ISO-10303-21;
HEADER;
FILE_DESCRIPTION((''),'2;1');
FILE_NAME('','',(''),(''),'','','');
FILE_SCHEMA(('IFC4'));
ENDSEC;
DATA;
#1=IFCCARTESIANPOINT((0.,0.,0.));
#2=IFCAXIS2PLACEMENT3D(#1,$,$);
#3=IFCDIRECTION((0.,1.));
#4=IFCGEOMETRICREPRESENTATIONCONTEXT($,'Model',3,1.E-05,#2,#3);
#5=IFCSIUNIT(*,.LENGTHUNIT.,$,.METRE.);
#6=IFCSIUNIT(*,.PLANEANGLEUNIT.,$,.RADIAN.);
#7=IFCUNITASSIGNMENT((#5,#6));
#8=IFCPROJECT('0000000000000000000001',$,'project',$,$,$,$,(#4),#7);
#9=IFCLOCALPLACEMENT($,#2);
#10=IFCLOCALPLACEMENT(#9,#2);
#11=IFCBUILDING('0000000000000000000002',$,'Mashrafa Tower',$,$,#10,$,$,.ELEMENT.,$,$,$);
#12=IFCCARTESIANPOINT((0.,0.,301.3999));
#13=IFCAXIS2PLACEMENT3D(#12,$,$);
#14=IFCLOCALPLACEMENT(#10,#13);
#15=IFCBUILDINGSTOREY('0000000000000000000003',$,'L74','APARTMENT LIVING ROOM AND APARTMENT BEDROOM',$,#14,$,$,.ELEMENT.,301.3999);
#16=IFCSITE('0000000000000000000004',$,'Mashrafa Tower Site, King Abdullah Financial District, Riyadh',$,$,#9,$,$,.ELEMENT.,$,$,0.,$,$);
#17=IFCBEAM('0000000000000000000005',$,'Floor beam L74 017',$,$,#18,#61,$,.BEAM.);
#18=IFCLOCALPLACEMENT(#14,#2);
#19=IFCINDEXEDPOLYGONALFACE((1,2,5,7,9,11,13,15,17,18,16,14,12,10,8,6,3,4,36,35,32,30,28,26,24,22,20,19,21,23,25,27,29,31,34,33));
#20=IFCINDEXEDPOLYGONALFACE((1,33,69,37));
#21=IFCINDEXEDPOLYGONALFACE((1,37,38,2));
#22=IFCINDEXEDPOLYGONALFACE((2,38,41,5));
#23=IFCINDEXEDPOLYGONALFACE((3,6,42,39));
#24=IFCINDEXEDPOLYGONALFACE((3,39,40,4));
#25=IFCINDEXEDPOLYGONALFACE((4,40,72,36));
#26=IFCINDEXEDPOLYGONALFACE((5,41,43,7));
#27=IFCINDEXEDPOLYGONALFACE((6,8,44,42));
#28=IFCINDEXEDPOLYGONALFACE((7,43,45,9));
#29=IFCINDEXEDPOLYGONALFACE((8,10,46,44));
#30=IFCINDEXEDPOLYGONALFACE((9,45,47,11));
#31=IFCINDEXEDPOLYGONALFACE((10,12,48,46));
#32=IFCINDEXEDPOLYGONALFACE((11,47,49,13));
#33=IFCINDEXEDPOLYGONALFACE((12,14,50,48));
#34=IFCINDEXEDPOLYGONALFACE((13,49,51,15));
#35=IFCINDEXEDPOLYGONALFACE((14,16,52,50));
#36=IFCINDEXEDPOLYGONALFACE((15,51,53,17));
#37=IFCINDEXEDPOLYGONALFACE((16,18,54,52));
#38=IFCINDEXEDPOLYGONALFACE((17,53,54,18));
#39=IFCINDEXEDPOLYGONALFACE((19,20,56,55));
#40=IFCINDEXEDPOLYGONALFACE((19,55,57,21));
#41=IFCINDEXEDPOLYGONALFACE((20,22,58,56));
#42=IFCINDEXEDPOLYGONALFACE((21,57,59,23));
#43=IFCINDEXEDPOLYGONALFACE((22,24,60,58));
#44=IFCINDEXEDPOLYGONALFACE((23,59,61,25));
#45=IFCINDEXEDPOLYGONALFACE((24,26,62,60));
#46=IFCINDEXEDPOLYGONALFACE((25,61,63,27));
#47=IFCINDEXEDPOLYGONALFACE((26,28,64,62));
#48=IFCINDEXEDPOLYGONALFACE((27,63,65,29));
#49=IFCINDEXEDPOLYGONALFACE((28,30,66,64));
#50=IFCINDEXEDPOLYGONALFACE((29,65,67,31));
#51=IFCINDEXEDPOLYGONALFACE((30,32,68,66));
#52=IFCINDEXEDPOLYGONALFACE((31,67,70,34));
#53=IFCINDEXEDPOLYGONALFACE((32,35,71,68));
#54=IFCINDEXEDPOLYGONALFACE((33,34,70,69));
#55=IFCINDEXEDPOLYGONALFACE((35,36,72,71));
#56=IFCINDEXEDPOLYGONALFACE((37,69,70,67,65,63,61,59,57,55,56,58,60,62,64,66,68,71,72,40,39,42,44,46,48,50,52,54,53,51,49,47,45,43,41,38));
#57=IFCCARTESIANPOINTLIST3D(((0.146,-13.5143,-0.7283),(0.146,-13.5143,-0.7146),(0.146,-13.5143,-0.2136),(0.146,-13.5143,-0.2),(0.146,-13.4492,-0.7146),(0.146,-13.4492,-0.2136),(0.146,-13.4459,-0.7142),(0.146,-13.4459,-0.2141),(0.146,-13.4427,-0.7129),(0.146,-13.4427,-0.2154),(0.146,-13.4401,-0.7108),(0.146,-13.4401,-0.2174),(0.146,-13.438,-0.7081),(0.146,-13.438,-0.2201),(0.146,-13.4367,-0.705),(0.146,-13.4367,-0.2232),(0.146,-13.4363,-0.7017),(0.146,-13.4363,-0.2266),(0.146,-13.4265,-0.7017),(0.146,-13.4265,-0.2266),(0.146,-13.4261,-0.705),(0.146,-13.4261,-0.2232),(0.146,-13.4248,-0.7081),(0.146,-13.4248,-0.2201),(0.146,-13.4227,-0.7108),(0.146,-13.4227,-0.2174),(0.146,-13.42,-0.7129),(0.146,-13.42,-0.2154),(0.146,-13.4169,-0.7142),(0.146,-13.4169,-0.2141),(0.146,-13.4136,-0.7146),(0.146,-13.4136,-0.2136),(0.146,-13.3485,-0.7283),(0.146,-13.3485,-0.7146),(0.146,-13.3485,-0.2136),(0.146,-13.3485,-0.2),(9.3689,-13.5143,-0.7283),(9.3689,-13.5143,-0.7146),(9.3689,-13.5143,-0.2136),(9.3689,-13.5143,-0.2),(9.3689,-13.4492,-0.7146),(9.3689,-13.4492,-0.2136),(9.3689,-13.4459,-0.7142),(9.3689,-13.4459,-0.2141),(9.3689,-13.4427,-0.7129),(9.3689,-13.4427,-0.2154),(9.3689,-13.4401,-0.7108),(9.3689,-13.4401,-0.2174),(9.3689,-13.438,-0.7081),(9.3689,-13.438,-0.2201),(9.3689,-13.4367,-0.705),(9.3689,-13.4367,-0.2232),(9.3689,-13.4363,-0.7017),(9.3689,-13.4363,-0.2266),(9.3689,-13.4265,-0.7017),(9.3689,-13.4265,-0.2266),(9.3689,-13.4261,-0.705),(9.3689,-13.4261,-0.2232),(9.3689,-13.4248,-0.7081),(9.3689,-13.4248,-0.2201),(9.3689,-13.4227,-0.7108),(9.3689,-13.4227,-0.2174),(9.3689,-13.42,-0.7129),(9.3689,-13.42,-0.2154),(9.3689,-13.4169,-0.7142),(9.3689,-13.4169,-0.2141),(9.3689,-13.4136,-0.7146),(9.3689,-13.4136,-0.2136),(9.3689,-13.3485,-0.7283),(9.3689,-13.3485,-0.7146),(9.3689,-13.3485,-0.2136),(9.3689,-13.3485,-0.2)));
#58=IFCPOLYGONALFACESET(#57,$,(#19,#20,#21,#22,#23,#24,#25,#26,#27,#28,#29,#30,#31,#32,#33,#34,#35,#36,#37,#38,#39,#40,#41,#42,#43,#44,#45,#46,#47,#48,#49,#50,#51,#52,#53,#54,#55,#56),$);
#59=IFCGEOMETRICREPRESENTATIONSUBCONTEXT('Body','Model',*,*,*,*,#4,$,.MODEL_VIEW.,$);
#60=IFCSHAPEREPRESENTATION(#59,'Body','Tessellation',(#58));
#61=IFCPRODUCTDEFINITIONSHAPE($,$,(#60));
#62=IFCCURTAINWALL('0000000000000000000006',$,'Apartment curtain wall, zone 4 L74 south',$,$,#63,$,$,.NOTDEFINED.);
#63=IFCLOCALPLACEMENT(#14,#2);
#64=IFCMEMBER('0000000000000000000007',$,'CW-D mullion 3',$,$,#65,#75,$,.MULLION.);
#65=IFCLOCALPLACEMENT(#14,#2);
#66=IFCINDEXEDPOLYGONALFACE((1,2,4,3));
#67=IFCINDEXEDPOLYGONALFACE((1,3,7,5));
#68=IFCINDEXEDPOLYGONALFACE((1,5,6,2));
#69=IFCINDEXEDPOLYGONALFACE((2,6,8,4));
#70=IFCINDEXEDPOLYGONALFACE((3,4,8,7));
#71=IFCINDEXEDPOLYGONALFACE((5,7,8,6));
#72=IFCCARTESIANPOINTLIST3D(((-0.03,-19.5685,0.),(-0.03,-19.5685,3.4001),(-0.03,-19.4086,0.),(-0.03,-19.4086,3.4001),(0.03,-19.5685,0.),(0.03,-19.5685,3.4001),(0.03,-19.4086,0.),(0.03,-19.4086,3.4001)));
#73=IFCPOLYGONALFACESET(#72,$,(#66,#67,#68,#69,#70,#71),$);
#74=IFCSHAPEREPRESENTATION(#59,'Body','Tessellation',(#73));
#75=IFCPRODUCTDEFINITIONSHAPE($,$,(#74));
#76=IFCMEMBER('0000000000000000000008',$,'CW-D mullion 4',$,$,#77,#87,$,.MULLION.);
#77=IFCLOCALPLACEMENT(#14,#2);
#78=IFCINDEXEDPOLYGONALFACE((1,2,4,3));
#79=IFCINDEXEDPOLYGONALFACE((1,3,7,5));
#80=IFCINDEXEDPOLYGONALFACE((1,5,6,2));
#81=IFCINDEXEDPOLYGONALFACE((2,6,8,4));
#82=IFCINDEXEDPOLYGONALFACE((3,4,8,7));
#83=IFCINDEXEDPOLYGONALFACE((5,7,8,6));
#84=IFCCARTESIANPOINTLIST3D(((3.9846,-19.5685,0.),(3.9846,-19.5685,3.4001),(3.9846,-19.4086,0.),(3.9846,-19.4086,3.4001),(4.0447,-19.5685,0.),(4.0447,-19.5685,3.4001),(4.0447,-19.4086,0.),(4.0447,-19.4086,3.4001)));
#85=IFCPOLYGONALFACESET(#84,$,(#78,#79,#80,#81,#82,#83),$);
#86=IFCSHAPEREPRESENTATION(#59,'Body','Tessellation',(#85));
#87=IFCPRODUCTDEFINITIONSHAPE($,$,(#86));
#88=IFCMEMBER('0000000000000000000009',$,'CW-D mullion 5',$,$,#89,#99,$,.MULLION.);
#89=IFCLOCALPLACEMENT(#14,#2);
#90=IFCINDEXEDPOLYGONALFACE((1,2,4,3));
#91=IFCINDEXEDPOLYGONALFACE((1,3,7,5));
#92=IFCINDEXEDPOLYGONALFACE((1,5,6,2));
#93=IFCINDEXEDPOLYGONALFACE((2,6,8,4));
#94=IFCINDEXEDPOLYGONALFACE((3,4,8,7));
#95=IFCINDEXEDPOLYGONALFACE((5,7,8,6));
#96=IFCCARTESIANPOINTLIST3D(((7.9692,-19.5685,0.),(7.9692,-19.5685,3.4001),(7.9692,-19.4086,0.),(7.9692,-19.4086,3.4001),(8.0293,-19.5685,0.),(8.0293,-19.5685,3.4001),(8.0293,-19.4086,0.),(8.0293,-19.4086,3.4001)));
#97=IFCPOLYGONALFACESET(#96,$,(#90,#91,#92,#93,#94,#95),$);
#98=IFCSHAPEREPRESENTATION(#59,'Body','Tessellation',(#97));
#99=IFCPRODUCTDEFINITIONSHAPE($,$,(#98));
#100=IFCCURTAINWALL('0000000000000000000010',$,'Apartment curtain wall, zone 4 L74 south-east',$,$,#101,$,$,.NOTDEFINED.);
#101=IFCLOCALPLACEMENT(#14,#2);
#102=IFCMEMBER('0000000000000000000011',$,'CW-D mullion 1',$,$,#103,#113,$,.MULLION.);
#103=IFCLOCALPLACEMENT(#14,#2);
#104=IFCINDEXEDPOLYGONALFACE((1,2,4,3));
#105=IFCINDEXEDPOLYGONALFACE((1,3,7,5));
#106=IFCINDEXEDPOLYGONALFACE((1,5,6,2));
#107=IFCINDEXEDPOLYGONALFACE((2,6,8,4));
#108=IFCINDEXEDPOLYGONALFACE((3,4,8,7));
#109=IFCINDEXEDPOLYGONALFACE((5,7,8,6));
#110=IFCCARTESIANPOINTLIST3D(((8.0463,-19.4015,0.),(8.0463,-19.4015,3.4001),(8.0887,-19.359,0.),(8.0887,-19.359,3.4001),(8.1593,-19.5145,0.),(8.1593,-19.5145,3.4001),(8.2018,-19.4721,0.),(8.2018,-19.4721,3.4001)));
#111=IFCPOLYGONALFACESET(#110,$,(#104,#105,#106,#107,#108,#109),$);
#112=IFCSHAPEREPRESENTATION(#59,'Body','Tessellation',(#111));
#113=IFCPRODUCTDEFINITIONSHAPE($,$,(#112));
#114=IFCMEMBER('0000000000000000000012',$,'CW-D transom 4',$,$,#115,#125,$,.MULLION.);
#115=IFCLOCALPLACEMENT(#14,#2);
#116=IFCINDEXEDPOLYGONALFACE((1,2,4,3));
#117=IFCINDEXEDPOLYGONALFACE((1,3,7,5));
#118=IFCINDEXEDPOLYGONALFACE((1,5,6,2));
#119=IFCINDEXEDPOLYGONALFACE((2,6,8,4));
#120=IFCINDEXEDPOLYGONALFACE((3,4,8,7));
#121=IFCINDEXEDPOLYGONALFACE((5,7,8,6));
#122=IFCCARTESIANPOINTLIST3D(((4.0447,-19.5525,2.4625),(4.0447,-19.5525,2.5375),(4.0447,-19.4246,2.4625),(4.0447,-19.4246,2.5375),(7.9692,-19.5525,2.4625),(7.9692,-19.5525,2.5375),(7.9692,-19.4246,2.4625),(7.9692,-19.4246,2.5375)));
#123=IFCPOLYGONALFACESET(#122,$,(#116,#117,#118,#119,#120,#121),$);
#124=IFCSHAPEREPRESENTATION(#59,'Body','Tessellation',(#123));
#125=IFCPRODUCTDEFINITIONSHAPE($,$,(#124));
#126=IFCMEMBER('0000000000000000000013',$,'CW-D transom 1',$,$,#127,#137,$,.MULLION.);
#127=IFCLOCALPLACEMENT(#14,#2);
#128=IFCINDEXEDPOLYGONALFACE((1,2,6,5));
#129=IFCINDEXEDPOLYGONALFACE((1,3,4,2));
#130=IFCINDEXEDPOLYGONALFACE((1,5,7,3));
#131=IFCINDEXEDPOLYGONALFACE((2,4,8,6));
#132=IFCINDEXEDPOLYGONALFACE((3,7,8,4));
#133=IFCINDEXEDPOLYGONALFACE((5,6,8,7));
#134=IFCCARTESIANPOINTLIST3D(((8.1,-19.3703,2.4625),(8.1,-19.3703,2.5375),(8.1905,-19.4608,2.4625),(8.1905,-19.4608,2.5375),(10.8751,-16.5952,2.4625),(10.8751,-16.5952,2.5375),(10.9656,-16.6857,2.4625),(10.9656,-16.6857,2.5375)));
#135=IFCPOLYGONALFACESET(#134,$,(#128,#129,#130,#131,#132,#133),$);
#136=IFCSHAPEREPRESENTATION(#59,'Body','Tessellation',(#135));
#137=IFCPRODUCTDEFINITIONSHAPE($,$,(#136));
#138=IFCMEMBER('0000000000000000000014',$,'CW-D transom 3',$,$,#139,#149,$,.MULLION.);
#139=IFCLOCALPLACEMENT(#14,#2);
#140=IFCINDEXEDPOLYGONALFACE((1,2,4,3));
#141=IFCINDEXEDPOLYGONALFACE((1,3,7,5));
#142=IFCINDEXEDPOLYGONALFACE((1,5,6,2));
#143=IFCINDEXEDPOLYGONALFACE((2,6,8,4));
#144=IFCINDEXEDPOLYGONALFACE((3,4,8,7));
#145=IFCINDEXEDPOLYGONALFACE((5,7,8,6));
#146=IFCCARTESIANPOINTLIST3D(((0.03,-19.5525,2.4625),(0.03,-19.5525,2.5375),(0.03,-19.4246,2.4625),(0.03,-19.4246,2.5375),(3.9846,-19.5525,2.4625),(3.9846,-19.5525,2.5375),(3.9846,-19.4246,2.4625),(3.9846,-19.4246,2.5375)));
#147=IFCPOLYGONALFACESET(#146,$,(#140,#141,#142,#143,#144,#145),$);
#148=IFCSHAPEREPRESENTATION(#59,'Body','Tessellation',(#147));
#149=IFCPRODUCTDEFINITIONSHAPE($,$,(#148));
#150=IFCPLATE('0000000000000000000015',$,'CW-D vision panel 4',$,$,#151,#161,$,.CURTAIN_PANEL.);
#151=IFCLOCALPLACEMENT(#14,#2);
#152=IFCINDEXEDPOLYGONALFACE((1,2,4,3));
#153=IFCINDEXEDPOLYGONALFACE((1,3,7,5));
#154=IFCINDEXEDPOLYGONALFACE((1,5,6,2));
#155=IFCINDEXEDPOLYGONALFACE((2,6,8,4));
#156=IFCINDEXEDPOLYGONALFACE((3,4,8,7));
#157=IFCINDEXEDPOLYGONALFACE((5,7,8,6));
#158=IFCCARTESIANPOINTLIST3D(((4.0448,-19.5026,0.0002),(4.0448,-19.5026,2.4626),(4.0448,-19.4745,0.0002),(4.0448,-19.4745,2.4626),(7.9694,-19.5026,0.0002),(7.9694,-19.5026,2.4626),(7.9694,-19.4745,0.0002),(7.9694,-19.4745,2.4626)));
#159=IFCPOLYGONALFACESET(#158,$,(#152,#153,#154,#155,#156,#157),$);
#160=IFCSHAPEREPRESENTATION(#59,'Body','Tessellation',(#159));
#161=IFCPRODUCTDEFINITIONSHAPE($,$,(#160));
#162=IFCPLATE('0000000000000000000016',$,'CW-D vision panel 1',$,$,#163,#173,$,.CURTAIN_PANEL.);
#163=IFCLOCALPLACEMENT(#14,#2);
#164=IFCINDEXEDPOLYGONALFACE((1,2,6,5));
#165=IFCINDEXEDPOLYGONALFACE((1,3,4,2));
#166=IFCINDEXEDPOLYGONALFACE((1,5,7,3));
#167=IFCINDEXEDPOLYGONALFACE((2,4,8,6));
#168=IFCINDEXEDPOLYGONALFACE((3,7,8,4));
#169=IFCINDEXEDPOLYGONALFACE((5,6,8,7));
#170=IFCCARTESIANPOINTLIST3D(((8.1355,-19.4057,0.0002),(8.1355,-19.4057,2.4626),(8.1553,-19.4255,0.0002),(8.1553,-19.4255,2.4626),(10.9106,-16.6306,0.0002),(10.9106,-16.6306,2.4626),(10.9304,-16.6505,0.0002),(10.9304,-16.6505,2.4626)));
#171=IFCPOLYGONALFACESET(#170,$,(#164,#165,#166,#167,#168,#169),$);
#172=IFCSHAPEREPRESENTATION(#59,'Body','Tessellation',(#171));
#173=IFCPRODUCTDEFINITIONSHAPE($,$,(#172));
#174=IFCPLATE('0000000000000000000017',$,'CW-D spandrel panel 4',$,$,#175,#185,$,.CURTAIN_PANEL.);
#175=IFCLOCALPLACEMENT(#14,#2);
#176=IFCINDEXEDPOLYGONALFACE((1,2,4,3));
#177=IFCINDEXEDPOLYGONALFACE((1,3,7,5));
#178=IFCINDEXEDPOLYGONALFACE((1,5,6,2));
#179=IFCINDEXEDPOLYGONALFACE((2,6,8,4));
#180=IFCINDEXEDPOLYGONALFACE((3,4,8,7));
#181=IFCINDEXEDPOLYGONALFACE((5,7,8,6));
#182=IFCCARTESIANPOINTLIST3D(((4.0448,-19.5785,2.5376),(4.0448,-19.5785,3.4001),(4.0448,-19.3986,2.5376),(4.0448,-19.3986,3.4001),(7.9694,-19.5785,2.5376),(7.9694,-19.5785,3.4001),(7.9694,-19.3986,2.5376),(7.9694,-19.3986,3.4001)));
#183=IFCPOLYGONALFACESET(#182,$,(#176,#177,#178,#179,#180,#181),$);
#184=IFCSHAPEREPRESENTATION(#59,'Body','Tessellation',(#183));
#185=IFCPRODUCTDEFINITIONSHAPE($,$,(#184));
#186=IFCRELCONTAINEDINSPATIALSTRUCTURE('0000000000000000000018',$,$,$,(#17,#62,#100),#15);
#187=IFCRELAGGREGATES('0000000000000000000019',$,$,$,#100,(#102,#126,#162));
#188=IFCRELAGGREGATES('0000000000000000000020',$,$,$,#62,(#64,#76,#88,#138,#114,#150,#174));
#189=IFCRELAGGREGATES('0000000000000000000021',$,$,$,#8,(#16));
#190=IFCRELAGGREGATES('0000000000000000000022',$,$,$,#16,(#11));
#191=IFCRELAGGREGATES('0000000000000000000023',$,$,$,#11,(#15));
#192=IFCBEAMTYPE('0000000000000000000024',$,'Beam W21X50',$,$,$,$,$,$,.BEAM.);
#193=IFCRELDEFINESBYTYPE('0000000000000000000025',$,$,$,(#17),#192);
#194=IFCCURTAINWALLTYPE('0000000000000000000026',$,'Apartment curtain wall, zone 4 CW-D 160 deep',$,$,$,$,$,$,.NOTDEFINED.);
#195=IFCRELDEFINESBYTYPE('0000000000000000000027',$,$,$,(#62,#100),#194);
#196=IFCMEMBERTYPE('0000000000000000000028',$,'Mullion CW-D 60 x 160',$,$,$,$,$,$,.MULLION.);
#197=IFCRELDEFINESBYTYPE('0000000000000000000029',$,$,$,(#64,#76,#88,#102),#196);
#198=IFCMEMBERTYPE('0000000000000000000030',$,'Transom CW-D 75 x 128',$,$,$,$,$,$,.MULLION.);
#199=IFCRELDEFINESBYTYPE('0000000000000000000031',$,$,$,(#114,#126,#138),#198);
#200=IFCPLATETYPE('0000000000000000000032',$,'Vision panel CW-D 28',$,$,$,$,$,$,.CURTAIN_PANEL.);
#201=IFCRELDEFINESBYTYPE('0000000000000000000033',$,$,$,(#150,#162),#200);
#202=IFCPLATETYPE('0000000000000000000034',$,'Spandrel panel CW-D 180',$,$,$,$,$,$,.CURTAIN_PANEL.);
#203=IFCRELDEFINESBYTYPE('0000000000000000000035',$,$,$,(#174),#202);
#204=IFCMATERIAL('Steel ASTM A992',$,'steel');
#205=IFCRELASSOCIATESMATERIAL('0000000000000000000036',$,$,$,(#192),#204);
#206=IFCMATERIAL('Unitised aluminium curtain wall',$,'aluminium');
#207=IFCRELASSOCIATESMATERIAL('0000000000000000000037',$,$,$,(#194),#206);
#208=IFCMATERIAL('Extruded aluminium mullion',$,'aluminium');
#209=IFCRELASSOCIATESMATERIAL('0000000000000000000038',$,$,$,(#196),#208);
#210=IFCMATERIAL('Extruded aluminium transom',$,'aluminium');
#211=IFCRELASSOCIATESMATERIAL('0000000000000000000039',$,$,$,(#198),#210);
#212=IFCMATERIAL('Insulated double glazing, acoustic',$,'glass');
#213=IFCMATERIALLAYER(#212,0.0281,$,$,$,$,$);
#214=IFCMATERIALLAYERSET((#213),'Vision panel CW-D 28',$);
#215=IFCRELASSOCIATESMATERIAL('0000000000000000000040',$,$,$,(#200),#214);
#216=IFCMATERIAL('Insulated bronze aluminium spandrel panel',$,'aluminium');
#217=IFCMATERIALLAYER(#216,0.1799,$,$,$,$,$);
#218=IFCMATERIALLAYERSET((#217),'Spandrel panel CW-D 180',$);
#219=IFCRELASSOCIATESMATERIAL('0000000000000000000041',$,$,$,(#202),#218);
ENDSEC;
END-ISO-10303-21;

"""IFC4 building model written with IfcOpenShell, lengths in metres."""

from ifc_helpers import new_model, si_unit, direction, frame, origin, origin_2d, place, context, subcontext, project, spatial, rectangle, i_section, extrude, source, transform, mapped, material, layer, layer_set, material_profile, profile_set, type_object, type_shapes, element, aggregate, save


model = new_model("IFC4")

# Units and contexts
model_context = context("Model", 3, precision=1e-05, world=origin(), true_north=direction((0.0, 1.0)))
body_context = subcontext(model_context, "Body", "Model", "MODEL_VIEW")
ifc_project = project(units=[si_unit("LENGTHUNIT", "METRE"), si_unit("PLANEANGLEUNIT", "RADIAN")], contexts=[model_context])

# Site, building, storey
site_placement = place(None, origin())
site = spatial("IfcSite", under=ifc_project, at=site_placement, Name="Mashrafa Tower Site, King Abdullah Financial District, Riyadh", CompositionType="ELEMENT", RefElevation=0.0)
building_placement = place(site_placement, origin())
building = spatial("IfcBuilding", under=site, at=building_placement, Name="Mashrafa Tower", CompositionType="ELEMENT")
storey_placement = place(building_placement, frame((0.0, 0.0, 301.3999)))
storey = spatial("IfcBuildingStorey", under=building, at=storey_placement, Name="L74", Description="APARTMENT LIVING ROOM AND APARTMENT BEDROOM", CompositionType="ELEMENT", Elevation=301.3999)

# Beam
ifc_material_1 = material(Name="Steel ASTM A992", Category="steel")
ifc_material_profile_1 = material_profile(ifc_material_1, i_section(OverallWidth=0.1658, OverallDepth=0.5283, WebThickness=0.0098, FlangeThickness=0.0137, FilletRadius=0.0129, at=origin_2d()), Name="W21X50")
ifc_profile_set_1 = profile_set([ifc_material_profile_1], Name="Steel ASTM A992")
beam_type_1 = type_object("IfcBeamType", Name="Beam W21X50", PredefinedType="BEAM", material=ifc_profile_set_1)
beam_1_placement = place(storey_placement, frame((9.3689, -13.4314, -0.4641), z_axis=(-1.0, 0.0, 0.0), x_axis=(0.0, -1.0, 0.0)))
element("IfcBeam", 1, at=beam_1_placement, inside=storey, type_object=beam_type_1, Name="Floor beam L74 017", PredefinedType="BEAM", context=body_context, shape_type="SweptSolid", body=[
    extrude(i_section(OverallWidth=0.1658, OverallDepth=0.5283, WebThickness=0.0098, FlangeThickness=0.0137, FilletRadius=0.0129, at=origin_2d()), origin(), (0.0, 0.0, 1.0), 9.2229),
])

# Curtain wall, members
ifc_material_2 = material(Name="Unitised aluminium curtain wall", Category="aluminium")
curtain_wall_type = type_object("IfcCurtainWallType", Name="Apartment curtain wall, zone 4 CW-D 160 deep", PredefinedType="NOTDEFINED", material=ifc_material_2)
curtain_wall_1_placement = place(storey_placement, origin())
curtain_wall_1 = element("IfcCurtainWall", 2, at=curtain_wall_1_placement, inside=storey, type_object=curtain_wall_type, Name="Apartment curtain wall, zone 4 L74 south", PredefinedType="NOTDEFINED")
ifc_material_3 = material(Name="Extruded aluminium mullion", Category="aluminium")
ifc_material_profile_2 = material_profile(ifc_material_3, rectangle(XDim=0.1599, YDim=0.0601, at=origin_2d()), Name="Mullion 60x160")
ifc_profile_set_2 = profile_set([ifc_material_profile_2], Name="Extruded aluminium mullion")
member_type_1 = type_object("IfcMemberType", Name="Mullion CW-D 60 x 160", PredefinedType="MULLION", material=ifc_profile_set_2)
shared_shape_1 = source(origin(), body_context, "Body", "SweptSolid", [
    extrude(rectangle(XDim=0.1599, YDim=0.0601, at=origin_2d()), origin(), (0.0, 0.0, 1.0), 3.4001),
])
type_shapes(member_type_1, [shared_shape_1])
member_1_placement = place(storey_placement, frame((0.0, -19.4885, 0.0), z_axis=(0.0, 0.0, 1.0), x_axis=(0.0, 1.0, 0.0)))
member_1 = element("IfcMember", 3, at=member_1_placement, type_object=member_type_1, Name="CW-D mullion 3", PredefinedType="MULLION", context=body_context, shape_type="MappedRepresentation", body=[
    mapped(shared_shape_1, transform((0.0, 0.0, 0.0))),
])
member_2_placement = place(storey_placement, frame((4.0146, -19.4885, 0.0), z_axis=(0.0, 0.0, 1.0), x_axis=(0.0, 1.0, 0.0)))
member_2 = element("IfcMember", 4, at=member_2_placement, type_object=member_type_1, Name="CW-D mullion 4", PredefinedType="MULLION", context=body_context, shape_type="MappedRepresentation", body=[
    mapped(shared_shape_1, transform((0.0, 0.0, 0.0))),
])
member_3_placement = place(storey_placement, frame((7.9993, -19.4885, 0.0), z_axis=(0.0, 0.0, 1.0), x_axis=(0.0, 1.0, 0.0)))
member_3 = element("IfcMember", 5, at=member_3_placement, type_object=member_type_1, Name="CW-D mullion 5", PredefinedType="MULLION", context=body_context, shape_type="MappedRepresentation", body=[
    mapped(shared_shape_1, transform((0.0, 0.0, 0.0))),
])

# Curtain wall, member
curtain_wall_2_placement = place(storey_placement, origin())
curtain_wall_2 = element("IfcCurtainWall", 6, at=curtain_wall_2_placement, inside=storey, type_object=curtain_wall_type, Name="Apartment curtain wall, zone 4 L74 south-east", PredefinedType="NOTDEFINED")
member_4_placement = place(storey_placement, frame((8.124, -19.4368, 0.0), z_axis=(0.0, 0.0, 1.0), x_axis=(-0.707107, 0.707107, 0.0)))
member_4 = element("IfcMember", 7, at=member_4_placement, type_object=member_type_1, Name="CW-D mullion 1", PredefinedType="MULLION", context=body_context, shape_type="MappedRepresentation", body=[
    mapped(shared_shape_1, transform((0.0, 0.0, 0.0))),
])

# Members
ifc_material_4 = material(Name="Extruded aluminium transom", Category="aluminium")
ifc_material_profile_3 = material_profile(ifc_material_4, rectangle(XDim=0.1279, YDim=0.075, at=origin_2d()), Name="Transom 75x128")
ifc_profile_set_3 = profile_set([ifc_material_profile_3], Name="Extruded aluminium transom")
member_type_2 = type_object("IfcMemberType", Name="Transom CW-D 75 x 128", PredefinedType="MULLION", material=ifc_profile_set_3)
shared_shape_2 = source(origin(), body_context, "Body", "SweptSolid", [
    extrude(rectangle(XDim=0.1279, YDim=0.075, at=origin_2d()), origin(), (0.0, 0.0, 1.0), 3.9246),
])
member_5_placement = place(storey_placement, frame((4.0447, -19.4885, 2.5), z_axis=(1.0, 0.0, 0.0), x_axis=(0.0, 1.0, 0.0)))
member_5 = element("IfcMember", 8, at=member_5_placement, type_object=member_type_2, Name="CW-D transom 4", PredefinedType="MULLION", context=body_context, shape_type="MappedRepresentation", body=[
    mapped(shared_shape_2, transform((0.0, 0.0, 0.0))),
])
member_6_placement = place(storey_placement, frame((8.1453, -19.4155, 2.5), z_axis=(0.707107, 0.707107, 0.0), x_axis=(-0.707107, 0.707107, 0.0)))
member_6 = element("IfcMember", 9, at=member_6_placement, type_object=member_type_2, Name="CW-D transom 1", PredefinedType="MULLION", context=body_context, shape_type="MappedRepresentation", body=[
    mapped(shared_shape_2, transform((0.0, 0.0, 0.0))),
])
shared_shape_3 = source(origin(), body_context, "Body", "SweptSolid", [
    extrude(rectangle(XDim=0.1279, YDim=0.075, at=origin_2d()), origin(), (0.0, 0.0, 1.0), 3.9546),
])
type_shapes(member_type_2, [shared_shape_2, shared_shape_3])
member_7_placement = place(storey_placement, frame((0.03, -19.4885, 2.5), z_axis=(1.0, 0.0, 0.0), x_axis=(0.0, 1.0, 0.0)))
member_7 = element("IfcMember", 10, at=member_7_placement, type_object=member_type_2, Name="CW-D transom 3", PredefinedType="MULLION", context=body_context, shape_type="MappedRepresentation", body=[
    mapped(shared_shape_3, transform((0.0, 0.0, 0.0))),
])

# Plates
ifc_material_5 = material(Name="Insulated double glazing, acoustic", Category="glass")
ifc_layer_1 = layer(ifc_material_5, 0.0281)
ifc_layer_set_1 = layer_set([ifc_layer_1], Name="Vision panel CW-D 28")
plate_type_1 = type_object("IfcPlateType", Name="Vision panel CW-D 28", PredefinedType="CURTAIN_PANEL", material=ifc_layer_set_1)
shared_shape_4 = source(origin(), body_context, "Body", "SweptSolid", [
    extrude(rectangle(XDim=3.9246, YDim=0.0281, at=origin_2d()), origin(), (0.0, 0.0, 1.0), 2.4624),
])
plate_1_placement = place(storey_placement, frame((6.0071, -19.4885, 0.0002), z_axis=(0.0, 0.0, 1.0), x_axis=(1.0, 0.0, 0.0)))
plate_1 = element("IfcPlate", 11, at=plate_1_placement, type_object=plate_type_1, Name="CW-D vision panel 4", PredefinedType="CURTAIN_PANEL", context=body_context, shape_type="MappedRepresentation", body=[
    mapped(shared_shape_4, transform((0.0, 0.0, 0.0))),
])
plate_2_placement = place(storey_placement, frame((9.533, -18.0281, 0.0002), z_axis=(0.0, 0.0, 1.0), x_axis=(0.707107, 0.707107, 0.0)))
plate_2 = element("IfcPlate", 12, at=plate_2_placement, type_object=plate_type_1, Name="CW-D vision panel 1", PredefinedType="CURTAIN_PANEL", context=body_context, shape_type="MappedRepresentation", body=[
    mapped(shared_shape_4, transform((0.0, 0.0, 0.0))),
])
aggregate(curtain_wall_2, [member_4, member_6, plate_2])
ifc_material_6 = material(Name="Insulated bronze aluminium spandrel panel", Category="aluminium")
ifc_layer_2 = layer(ifc_material_6, 0.1799)
ifc_layer_set_2 = layer_set([ifc_layer_2], Name="Spandrel panel CW-D 180")
plate_type_2 = type_object("IfcPlateType", Name="Spandrel panel CW-D 180", PredefinedType="CURTAIN_PANEL", material=ifc_layer_set_2)
shared_shape_5 = source(origin(), body_context, "Body", "SweptSolid", [
    extrude(rectangle(XDim=3.9246, YDim=0.1799, at=origin_2d()), origin(), (0.0, 0.0, 1.0), 0.8625),
])
plate_3_placement = place(storey_placement, frame((6.0071, -19.4885, 2.5376), z_axis=(0.0, 0.0, 1.0), x_axis=(1.0, 0.0, 0.0)))
plate_3 = element("IfcPlate", 13, at=plate_3_placement, type_object=plate_type_2, Name="CW-D spandrel panel 4", PredefinedType="CURTAIN_PANEL", context=body_context, shape_type="MappedRepresentation", body=[
    mapped(shared_shape_5, transform((0.0, 0.0, 0.0))),
])
aggregate(curtain_wall_1, [member_1, member_2, member_3, member_7, member_5, plate_1, plate_3])

save(model, "model.ifc")
